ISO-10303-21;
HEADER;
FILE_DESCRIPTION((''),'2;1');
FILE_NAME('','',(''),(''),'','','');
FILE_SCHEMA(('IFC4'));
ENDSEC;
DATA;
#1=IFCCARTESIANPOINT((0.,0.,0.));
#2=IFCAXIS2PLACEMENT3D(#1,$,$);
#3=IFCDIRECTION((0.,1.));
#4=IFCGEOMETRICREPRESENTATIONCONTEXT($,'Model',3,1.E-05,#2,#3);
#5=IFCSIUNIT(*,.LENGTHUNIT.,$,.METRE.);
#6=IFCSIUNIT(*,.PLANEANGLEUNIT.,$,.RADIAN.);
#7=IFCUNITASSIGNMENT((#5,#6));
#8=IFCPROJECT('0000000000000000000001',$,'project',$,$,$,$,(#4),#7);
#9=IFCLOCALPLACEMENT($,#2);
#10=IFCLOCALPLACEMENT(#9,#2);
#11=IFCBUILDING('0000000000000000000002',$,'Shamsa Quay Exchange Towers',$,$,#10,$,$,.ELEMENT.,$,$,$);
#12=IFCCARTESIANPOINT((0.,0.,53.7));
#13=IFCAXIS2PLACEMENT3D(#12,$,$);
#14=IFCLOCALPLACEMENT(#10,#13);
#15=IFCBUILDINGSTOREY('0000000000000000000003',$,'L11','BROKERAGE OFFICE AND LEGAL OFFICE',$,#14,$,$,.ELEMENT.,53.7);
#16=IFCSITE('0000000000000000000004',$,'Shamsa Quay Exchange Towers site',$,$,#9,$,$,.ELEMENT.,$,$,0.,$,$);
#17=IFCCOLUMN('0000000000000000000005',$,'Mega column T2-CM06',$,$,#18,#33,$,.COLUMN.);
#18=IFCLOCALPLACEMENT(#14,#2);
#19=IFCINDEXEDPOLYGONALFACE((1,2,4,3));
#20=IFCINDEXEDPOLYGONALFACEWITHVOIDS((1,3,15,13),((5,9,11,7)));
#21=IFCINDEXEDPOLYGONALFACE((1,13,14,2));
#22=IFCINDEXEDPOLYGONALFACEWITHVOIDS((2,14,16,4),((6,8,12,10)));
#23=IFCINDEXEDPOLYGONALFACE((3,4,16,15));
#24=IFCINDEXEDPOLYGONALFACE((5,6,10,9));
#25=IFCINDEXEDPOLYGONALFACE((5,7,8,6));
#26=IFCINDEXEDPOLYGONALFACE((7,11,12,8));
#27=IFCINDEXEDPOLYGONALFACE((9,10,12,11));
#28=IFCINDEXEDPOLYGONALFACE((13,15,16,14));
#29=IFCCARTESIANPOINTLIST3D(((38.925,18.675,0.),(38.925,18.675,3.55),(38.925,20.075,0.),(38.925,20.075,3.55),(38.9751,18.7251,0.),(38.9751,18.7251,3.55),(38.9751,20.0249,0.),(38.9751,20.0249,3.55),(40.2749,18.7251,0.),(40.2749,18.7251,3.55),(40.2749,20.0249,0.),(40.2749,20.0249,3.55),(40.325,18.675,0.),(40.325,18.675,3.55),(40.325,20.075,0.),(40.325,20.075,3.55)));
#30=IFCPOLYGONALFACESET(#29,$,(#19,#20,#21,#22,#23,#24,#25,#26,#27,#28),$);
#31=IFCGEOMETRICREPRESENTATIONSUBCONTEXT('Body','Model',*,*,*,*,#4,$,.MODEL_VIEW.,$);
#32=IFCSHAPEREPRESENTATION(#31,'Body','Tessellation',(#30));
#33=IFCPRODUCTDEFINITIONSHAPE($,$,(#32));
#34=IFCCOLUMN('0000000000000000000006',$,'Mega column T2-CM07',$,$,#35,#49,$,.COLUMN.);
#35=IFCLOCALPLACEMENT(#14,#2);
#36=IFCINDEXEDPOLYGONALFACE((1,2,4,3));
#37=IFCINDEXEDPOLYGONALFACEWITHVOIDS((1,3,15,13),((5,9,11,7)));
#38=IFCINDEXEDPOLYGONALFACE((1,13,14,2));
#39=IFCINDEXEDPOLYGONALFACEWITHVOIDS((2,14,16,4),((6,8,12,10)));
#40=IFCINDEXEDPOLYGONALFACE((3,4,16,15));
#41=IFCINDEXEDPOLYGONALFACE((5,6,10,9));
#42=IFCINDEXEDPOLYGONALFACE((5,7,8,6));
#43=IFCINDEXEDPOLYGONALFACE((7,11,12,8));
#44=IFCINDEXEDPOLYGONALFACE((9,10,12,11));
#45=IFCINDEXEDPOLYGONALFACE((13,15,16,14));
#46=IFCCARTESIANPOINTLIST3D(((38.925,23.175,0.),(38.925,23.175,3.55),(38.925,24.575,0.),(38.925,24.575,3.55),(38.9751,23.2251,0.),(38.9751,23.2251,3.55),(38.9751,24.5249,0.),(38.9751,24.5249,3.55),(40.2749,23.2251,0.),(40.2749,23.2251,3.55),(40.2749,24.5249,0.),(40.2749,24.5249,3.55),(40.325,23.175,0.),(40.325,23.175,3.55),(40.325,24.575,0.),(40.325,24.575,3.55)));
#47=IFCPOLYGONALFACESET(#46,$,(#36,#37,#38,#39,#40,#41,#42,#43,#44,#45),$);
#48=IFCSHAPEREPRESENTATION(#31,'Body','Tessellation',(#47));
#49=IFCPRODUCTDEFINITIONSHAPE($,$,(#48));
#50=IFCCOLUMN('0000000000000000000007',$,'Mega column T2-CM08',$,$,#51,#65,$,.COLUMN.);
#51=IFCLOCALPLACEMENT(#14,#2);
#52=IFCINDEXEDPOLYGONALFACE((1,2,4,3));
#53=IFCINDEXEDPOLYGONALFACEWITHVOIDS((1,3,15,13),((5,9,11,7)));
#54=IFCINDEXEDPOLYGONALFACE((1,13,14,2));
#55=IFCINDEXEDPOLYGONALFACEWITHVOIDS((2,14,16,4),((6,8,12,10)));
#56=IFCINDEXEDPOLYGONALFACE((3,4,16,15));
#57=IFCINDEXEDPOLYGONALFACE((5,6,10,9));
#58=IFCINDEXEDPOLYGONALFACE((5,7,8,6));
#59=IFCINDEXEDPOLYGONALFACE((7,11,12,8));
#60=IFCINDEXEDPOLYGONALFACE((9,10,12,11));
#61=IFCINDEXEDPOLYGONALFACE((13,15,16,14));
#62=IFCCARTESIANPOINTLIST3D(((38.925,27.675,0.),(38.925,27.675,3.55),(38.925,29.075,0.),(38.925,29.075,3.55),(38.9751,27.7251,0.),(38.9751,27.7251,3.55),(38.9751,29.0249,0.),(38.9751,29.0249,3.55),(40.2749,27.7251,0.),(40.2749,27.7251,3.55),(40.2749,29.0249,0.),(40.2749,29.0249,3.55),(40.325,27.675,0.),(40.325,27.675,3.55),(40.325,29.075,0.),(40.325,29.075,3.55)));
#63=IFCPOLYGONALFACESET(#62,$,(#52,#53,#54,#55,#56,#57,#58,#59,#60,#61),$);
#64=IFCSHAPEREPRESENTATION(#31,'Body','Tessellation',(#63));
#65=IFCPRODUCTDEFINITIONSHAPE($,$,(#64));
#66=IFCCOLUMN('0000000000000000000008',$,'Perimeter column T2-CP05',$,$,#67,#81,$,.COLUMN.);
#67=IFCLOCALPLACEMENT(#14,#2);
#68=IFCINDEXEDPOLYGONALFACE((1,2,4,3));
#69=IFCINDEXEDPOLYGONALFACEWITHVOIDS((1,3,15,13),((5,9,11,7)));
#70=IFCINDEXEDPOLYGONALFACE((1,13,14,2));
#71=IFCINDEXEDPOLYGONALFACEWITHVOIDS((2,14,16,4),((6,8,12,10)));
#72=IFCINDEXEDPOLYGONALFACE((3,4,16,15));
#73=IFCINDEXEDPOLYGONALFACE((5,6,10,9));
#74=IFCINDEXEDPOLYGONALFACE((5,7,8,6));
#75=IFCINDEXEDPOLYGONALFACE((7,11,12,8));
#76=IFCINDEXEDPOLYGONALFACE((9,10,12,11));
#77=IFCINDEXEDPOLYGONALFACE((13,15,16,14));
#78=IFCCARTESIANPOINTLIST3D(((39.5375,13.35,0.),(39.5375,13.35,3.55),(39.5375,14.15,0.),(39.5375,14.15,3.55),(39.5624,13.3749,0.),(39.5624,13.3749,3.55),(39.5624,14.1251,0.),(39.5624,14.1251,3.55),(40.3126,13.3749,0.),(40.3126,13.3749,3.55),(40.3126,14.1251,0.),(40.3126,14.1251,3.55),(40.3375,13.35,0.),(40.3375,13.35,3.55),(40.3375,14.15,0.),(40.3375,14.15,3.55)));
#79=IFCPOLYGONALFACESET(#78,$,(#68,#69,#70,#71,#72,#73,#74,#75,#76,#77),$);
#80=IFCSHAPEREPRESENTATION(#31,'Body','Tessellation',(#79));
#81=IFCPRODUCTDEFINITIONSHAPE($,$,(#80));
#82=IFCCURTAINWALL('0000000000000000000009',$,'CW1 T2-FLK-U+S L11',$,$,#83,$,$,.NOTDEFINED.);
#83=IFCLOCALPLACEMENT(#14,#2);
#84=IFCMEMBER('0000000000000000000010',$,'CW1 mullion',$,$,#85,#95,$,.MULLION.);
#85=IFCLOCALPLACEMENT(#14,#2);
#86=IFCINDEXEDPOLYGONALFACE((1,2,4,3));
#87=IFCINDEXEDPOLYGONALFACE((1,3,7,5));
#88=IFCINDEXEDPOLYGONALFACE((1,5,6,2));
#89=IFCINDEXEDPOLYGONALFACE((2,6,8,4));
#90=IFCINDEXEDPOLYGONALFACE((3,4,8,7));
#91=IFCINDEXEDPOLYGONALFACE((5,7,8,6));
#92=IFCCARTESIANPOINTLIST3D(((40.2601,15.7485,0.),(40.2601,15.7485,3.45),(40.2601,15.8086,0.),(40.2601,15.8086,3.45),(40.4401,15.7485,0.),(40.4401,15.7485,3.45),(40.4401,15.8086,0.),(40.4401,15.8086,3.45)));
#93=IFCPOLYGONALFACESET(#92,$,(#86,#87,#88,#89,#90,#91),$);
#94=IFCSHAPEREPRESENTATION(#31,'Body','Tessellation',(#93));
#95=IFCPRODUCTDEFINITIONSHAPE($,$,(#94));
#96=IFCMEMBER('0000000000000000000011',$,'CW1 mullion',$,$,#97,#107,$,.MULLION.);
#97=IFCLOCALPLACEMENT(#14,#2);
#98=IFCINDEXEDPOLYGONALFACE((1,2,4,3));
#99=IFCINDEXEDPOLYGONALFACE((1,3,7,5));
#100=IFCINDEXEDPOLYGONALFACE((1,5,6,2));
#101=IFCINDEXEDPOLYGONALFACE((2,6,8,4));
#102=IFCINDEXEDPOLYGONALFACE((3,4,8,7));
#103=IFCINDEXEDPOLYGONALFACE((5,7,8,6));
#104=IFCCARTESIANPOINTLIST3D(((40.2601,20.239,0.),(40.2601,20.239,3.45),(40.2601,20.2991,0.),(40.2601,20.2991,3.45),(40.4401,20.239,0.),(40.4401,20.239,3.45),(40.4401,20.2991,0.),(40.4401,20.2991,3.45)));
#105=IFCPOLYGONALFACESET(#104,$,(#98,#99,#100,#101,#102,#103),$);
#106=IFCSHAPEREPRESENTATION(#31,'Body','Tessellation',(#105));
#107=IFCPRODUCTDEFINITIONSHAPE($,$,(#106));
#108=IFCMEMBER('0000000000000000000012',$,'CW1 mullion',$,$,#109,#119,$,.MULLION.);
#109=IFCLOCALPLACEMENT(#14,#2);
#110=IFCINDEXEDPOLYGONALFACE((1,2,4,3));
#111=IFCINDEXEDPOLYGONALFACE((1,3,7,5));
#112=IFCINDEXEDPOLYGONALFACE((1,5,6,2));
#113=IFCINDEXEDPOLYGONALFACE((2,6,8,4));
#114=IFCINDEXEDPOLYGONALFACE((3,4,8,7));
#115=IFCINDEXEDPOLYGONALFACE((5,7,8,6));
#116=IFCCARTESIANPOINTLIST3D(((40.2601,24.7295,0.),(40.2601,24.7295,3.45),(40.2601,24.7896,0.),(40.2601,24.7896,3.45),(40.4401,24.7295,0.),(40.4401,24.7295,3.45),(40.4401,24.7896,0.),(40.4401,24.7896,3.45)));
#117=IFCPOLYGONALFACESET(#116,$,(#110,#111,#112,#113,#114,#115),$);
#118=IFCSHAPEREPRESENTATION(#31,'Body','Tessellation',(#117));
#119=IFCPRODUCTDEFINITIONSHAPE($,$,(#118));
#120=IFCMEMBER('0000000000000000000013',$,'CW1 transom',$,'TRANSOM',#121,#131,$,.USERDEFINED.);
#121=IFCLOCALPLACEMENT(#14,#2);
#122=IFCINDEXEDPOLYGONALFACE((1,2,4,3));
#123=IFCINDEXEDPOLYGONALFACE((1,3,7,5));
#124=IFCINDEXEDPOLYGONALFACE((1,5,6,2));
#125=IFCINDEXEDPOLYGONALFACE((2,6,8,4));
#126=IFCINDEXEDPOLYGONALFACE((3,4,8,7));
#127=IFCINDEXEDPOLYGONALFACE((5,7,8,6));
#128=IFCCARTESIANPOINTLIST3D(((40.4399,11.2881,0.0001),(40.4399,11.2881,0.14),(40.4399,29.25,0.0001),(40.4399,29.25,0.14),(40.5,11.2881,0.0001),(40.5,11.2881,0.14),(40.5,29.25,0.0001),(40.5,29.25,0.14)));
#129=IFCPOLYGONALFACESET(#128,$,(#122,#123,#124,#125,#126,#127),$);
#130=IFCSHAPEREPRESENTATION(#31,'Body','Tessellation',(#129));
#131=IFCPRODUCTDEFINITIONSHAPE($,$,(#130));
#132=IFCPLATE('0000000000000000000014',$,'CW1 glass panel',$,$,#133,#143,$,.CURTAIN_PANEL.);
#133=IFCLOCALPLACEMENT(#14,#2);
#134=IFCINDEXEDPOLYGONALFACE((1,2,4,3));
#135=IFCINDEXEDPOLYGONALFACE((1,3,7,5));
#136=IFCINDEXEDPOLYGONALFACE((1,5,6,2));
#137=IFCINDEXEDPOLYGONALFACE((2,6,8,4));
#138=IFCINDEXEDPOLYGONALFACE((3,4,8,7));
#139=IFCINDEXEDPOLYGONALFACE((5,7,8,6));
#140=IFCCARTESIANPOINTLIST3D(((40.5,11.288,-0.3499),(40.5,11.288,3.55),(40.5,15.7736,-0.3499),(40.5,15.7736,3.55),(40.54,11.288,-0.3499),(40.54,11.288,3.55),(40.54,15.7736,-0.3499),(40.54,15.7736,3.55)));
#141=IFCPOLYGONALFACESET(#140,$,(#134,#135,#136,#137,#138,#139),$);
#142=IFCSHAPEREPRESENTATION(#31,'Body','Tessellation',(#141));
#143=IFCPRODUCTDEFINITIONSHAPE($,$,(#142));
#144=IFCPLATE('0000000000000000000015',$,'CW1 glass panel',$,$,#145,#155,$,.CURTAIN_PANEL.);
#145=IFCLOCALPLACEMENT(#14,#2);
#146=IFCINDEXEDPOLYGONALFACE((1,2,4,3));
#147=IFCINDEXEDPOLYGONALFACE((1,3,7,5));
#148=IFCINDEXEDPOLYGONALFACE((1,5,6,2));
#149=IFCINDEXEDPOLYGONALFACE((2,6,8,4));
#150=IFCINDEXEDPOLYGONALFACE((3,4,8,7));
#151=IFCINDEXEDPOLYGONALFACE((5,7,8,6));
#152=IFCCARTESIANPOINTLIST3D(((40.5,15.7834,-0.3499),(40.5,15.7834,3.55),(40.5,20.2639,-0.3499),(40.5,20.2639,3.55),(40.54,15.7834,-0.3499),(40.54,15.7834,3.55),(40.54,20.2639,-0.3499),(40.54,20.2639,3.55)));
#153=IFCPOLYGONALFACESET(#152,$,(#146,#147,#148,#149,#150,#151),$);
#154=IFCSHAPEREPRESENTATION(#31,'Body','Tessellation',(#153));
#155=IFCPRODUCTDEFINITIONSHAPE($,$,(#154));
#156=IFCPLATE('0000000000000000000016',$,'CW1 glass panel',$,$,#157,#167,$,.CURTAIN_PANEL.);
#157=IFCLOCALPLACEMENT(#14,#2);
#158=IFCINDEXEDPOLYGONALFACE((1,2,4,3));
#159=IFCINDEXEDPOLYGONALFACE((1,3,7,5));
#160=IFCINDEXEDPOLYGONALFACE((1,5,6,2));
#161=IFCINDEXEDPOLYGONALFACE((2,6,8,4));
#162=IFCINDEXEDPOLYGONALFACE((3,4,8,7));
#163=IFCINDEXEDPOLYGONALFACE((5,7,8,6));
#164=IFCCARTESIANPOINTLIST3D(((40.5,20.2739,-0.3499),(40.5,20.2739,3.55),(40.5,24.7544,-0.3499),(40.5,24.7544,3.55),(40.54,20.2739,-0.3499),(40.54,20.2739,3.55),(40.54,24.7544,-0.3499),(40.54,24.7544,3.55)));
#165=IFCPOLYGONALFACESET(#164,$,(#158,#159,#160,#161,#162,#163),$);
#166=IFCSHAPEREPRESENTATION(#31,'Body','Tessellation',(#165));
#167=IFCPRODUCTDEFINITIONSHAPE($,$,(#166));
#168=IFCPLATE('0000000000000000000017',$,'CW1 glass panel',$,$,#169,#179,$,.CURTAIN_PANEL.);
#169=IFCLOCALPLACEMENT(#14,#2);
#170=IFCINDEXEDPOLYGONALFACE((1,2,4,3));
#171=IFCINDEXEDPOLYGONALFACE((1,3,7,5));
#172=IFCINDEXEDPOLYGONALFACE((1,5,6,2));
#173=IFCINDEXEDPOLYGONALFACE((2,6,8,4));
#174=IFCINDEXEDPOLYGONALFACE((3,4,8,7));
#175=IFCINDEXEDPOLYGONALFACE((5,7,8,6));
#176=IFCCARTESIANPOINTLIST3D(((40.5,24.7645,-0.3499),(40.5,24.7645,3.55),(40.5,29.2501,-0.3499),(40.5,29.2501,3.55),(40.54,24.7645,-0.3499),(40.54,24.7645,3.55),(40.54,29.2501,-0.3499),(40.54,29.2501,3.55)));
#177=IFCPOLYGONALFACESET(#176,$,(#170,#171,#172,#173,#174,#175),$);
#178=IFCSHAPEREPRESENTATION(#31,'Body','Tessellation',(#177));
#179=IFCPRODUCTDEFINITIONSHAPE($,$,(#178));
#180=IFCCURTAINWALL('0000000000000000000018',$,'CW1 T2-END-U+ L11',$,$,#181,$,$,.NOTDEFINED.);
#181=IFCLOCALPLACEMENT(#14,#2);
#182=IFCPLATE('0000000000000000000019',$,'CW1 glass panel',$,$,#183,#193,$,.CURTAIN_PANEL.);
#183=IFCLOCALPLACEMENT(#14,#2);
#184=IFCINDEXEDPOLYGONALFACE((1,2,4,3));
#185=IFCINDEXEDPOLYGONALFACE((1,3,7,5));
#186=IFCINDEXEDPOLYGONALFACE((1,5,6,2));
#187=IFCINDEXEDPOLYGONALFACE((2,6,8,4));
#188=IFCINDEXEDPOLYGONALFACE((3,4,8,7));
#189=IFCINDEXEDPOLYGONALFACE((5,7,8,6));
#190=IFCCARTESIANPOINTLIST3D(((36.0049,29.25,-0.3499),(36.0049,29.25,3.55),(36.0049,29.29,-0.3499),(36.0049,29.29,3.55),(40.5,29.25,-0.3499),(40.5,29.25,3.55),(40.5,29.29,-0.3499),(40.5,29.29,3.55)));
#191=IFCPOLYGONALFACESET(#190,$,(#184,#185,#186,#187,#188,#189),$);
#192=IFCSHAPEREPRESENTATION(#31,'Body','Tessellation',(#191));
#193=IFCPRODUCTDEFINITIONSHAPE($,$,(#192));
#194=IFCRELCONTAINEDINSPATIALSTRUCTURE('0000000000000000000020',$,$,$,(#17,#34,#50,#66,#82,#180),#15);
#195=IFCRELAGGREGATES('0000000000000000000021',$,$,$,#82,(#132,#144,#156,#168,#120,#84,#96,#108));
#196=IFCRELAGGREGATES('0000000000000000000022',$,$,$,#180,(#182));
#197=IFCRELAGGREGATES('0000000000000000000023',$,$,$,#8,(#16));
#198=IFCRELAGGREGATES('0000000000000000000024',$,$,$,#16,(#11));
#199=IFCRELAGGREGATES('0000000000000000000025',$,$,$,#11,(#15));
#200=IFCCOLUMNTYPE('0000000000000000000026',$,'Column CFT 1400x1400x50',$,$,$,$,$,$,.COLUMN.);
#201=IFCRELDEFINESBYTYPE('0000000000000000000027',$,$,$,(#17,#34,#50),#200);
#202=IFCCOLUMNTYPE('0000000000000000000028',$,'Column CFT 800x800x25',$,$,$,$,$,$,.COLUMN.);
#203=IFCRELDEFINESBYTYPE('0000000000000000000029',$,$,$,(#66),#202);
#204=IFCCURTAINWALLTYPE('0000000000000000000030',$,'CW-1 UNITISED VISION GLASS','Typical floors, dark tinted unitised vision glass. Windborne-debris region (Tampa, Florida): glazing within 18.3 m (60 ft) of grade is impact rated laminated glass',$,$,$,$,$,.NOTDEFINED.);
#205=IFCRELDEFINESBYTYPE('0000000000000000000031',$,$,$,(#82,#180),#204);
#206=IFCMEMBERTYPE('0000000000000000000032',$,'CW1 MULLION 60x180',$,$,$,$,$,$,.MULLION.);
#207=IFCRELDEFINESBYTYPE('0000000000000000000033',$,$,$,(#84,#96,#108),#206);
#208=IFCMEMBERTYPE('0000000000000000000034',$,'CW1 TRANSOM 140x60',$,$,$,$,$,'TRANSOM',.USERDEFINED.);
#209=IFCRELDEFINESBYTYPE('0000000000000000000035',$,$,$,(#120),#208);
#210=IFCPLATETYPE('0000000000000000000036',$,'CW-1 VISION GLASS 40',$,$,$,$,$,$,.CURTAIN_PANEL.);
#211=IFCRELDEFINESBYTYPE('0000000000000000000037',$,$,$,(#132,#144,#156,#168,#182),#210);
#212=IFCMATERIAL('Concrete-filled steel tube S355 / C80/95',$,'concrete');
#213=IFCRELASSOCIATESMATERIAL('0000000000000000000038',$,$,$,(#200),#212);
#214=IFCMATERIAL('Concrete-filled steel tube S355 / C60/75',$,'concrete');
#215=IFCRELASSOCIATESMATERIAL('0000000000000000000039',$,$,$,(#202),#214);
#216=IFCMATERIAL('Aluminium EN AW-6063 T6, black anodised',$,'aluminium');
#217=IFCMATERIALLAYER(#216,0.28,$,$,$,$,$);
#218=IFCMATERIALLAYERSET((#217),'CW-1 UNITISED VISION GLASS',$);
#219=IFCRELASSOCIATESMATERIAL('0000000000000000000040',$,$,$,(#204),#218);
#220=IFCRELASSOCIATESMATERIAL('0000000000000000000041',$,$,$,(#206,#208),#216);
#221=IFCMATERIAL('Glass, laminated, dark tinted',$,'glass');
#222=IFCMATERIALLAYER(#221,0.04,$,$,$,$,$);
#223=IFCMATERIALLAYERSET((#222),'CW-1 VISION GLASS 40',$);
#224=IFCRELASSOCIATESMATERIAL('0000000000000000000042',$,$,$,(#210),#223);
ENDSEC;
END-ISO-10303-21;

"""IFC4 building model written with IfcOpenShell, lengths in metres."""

from ifc_helpers import new_model, si_unit, direction, frame, origin, origin_2d, place, context, subcontext, project, spatial, rectangle, hollow_rectangle, extrude, material, layer, layer_set, material_profile, profile_set, type_object, element, aggregate, save


model = new_model("IFC4")

# Units and contexts
model_context = context("Model", 3, precision=1e-05, world=origin(), true_north=direction((0.0, 1.0)))
body_context = subcontext(model_context, "Body", "Model", "MODEL_VIEW")
ifc_project = project(units=[si_unit("LENGTHUNIT", "METRE"), si_unit("PLANEANGLEUNIT", "RADIAN")], contexts=[model_context])

# Site, building, storey
site_placement = place(None, origin())
site = spatial("IfcSite", under=ifc_project, at=site_placement, Name="Shamsa Quay Exchange Towers site", CompositionType="ELEMENT", RefElevation=0.0)
building_placement = place(site_placement, origin())
building = spatial("IfcBuilding", under=site, at=building_placement, Name="Shamsa Quay Exchange Towers", CompositionType="ELEMENT")
storey_placement = place(building_placement, frame((0.0, 0.0, 53.7)))
storey = spatial("IfcBuildingStorey", under=building, at=storey_placement, Name="L11", Description="BROKERAGE OFFICE AND LEGAL OFFICE", CompositionType="ELEMENT", Elevation=53.7)

# Columns
ifc_material_1 = material(Name="Concrete-filled steel tube S355 / C80/95", Category="concrete")
ifc_material_profile_1 = material_profile(ifc_material_1, hollow_rectangle(XDim=1.3999, YDim=1.3999, WallThickness=0.05, at=origin_2d()), Name="CFT 1400x1400x50")
ifc_profile_set_1 = profile_set([ifc_material_profile_1], Name="Concrete-filled steel tube S355 / C80/95")
column_type_1 = type_object("IfcColumnType", Name="Column CFT 1400x1400x50", PredefinedType="COLUMN", material=ifc_profile_set_1)
for number, where, name in (
    (1, (39.625, 19.375, 0.0), "Mega column T2-CM06"),
    (2, (39.625, 23.875, 0.0), "Mega column T2-CM07"),
    (3, (39.625, 28.375, 0.0), "Mega column T2-CM08"),
):
    element("IfcColumn", number, at=place(storey_placement, frame(where)), inside=storey, type_object=column_type_1, Name=name, PredefinedType="COLUMN", context=body_context, shape_type="SweptSolid", body=[
        extrude(hollow_rectangle(XDim=1.3999, YDim=1.3999, WallThickness=0.05, at=origin_2d()), origin(), (0.0, 0.0, 1.0), 3.55),
    ])
ifc_material_2 = material(Name="Concrete-filled steel tube S355 / C60/75", Category="concrete")
ifc_material_profile_2 = material_profile(ifc_material_2, hollow_rectangle(XDim=0.8, YDim=0.8, WallThickness=0.0249, at=origin_2d()), Name="CFT 800x800x25")
ifc_profile_set_2 = profile_set([ifc_material_profile_2], Name="Concrete-filled steel tube S355 / C60/75")
column_type_2 = type_object("IfcColumnType", Name="Column CFT 800x800x25", PredefinedType="COLUMN", material=ifc_profile_set_2)
column_placement = place(storey_placement, frame((39.9375, 13.75, 0.0)))
element("IfcColumn", 4, at=column_placement, inside=storey, type_object=column_type_2, Name="Perimeter column T2-CP05", PredefinedType="COLUMN", context=body_context, shape_type="SweptSolid", body=[
    extrude(hollow_rectangle(XDim=0.8, YDim=0.8, WallThickness=0.0249, at=origin_2d()), origin(), (0.0, 0.0, 1.0), 3.55),
])

# Curtain wall, members, plates
ifc_material_3 = material(Name="Aluminium EN AW-6063 T6, black anodised", Category="aluminium")
ifc_layer_1 = layer(ifc_material_3, 0.28)
ifc_layer_set_1 = layer_set([ifc_layer_1], Name="CW-1 UNITISED VISION GLASS")
curtain_wall_type_1 = type_object("IfcCurtainWallType", Name="CW-1 UNITISED VISION GLASS", Description="Typical floors, dark tinted unitised vision glass. Windborne-debris region (Tampa, Florida): glazing within 18.3 m (60 ft) of grade is impact rated laminated glass", PredefinedType="NOTDEFINED", material=ifc_layer_set_1)
curtain_wall_1_placement = place(storey_placement, origin())
curtain_wall_1 = element("IfcCurtainWall", 5, at=curtain_wall_1_placement, inside=storey, type_object=curtain_wall_type_1, Name="CW1 T2-FLK-U+S L11", PredefinedType="NOTDEFINED")
ifc_material_profile_3 = material_profile(ifc_material_3, rectangle(XDim=0.1799, YDim=0.0601, at=origin_2d()), Name="MU60x180")
ifc_profile_set_3 = profile_set([ifc_material_profile_3], Name="Aluminium EN AW-6063 T6, black anodised")
member_type_1 = type_object("IfcMemberType", Name="CW1 MULLION 60x180", PredefinedType="MULLION", material=ifc_profile_set_3)
member_1_placement = place(storey_placement, frame((40.3501, 15.7786, 0.0), z_axis=(0.0, 0.0, 1.0), x_axis=(-1.0, 0.0, 0.0)))
member_1 = element("IfcMember", 6, at=member_1_placement, type_object=member_type_1, Name="CW1 mullion", PredefinedType="MULLION", context=body_context, shape_type="SweptSolid", body=[
    extrude(rectangle(XDim=0.1799, YDim=0.0601, at=origin_2d()), origin(), (0.0, 0.0, 1.0), 3.45),
])
member_2_placement = place(storey_placement, frame((40.3501, 20.269, 0.0), z_axis=(0.0, 0.0, 1.0), x_axis=(-1.0, 0.0, 0.0)))
member_2 = element("IfcMember", 7, at=member_2_placement, type_object=member_type_1, Name="CW1 mullion", PredefinedType="MULLION", context=body_context, shape_type="SweptSolid", body=[
    extrude(rectangle(XDim=0.1799, YDim=0.0601, at=origin_2d()), origin(), (0.0, 0.0, 1.0), 3.45),
])
member_3_placement = place(storey_placement, frame((40.3501, 24.7595, 0.0), z_axis=(0.0, 0.0, 1.0), x_axis=(-1.0, 0.0, 0.0)))
member_3 = element("IfcMember", 8, at=member_3_placement, type_object=member_type_1, Name="CW1 mullion", PredefinedType="MULLION", context=body_context, shape_type="SweptSolid", body=[
    extrude(rectangle(XDim=0.1799, YDim=0.0601, at=origin_2d()), origin(), (0.0, 0.0, 1.0), 3.45),
])
ifc_material_profile_4 = material_profile(ifc_material_3, rectangle(XDim=0.0601, YDim=0.1399, at=origin_2d()), Name="TR140x60")
ifc_profile_set_4 = profile_set([ifc_material_profile_4], Name="Aluminium EN AW-6063 T6, black anodised")
member_type_2 = type_object("IfcMemberType", Name="CW1 TRANSOM 140x60", ElementType="TRANSOM", PredefinedType="USERDEFINED", material=ifc_profile_set_4)
member_4_placement = place(storey_placement, frame((40.47, 11.2881, 0.0701), z_axis=(0.0, 1.0, 0.0), x_axis=(-1.0, 0.0, 0.0)))
member_4 = element("IfcMember", 9, at=member_4_placement, type_object=member_type_2, Name="CW1 transom", ObjectType="TRANSOM", PredefinedType="USERDEFINED", context=body_context, shape_type="SweptSolid", body=[
    extrude(rectangle(XDim=0.0601, YDim=0.1399, at=origin_2d()), origin(), (0.0, 0.0, 1.0), 17.9619),
])
ifc_material_4 = material(Name="Glass, laminated, dark tinted", Category="glass")
ifc_layer_2 = layer(ifc_material_4, 0.04)
ifc_layer_set_2 = layer_set([ifc_layer_2], Name="CW-1 VISION GLASS 40")
plate_type_1 = type_object("IfcPlateType", Name="CW-1 VISION GLASS 40", PredefinedType="CURTAIN_PANEL", material=ifc_layer_set_2)
plate_1_placement = place(storey_placement, frame((40.52, 13.5308, -0.3499), z_axis=(0.0, 0.0, 1.0), x_axis=(0.0, 1.0, 0.0)))
plate_1 = element("IfcPlate", 10, at=plate_1_placement, type_object=plate_type_1, Name="CW1 glass panel", PredefinedType="CURTAIN_PANEL", context=body_context, shape_type="SweptSolid", body=[
    extrude(rectangle(XDim=4.4856, YDim=0.04, at=origin_2d()), origin(), (0.0, 0.0, 1.0), 3.8999),
])
plate_2_placement = place(storey_placement, frame((40.52, 18.0237, -0.3499), z_axis=(0.0, 0.0, 1.0), x_axis=(0.0, 1.0, 0.0)))
plate_2 = element("IfcPlate", 11, at=plate_2_placement, type_object=plate_type_1, Name="CW1 glass panel", PredefinedType="CURTAIN_PANEL", context=body_context, shape_type="SweptSolid", body=[
    extrude(rectangle(XDim=4.4805, YDim=0.04, at=origin_2d()), origin(), (0.0, 0.0, 1.0), 3.8999),
])
plate_3_placement = place(storey_placement, frame((40.52, 22.5142, -0.3499), z_axis=(0.0, 0.0, 1.0), x_axis=(0.0, 1.0, 0.0)))
plate_3 = element("IfcPlate", 12, at=plate_3_placement, type_object=plate_type_1, Name="CW1 glass panel", PredefinedType="CURTAIN_PANEL", context=body_context, shape_type="SweptSolid", body=[
    extrude(rectangle(XDim=4.4805, YDim=0.04, at=origin_2d()), origin(), (0.0, 0.0, 1.0), 3.8999),
])
plate_4_placement = place(storey_placement, frame((40.52, 27.0073, -0.3499), z_axis=(0.0, 0.0, 1.0), x_axis=(0.0, 1.0, 0.0)))
plate_4 = element("IfcPlate", 13, at=plate_4_placement, type_object=plate_type_1, Name="CW1 glass panel", PredefinedType="CURTAIN_PANEL", context=body_context, shape_type="SweptSolid", body=[
    extrude(rectangle(XDim=4.4856, YDim=0.04, at=origin_2d()), origin(), (0.0, 0.0, 1.0), 3.8999),
])
aggregate(curtain_wall_1, [plate_1, plate_2, plate_3, plate_4, member_4, member_1, member_2, member_3])

# Curtain wall, plate
curtain_wall_2_placement = place(storey_placement, origin())
curtain_wall_2 = element("IfcCurtainWall", 14, at=curtain_wall_2_placement, inside=storey, type_object=curtain_wall_type_1, Name="CW1 T2-END-U+ L11", PredefinedType="NOTDEFINED")
plate_5_placement = place(storey_placement, frame((38.2524, 29.27, -0.3499), z_axis=(0.0, 0.0, 1.0), x_axis=(-1.0, 0.0, 0.0)))
plate_5 = element("IfcPlate", 15, at=plate_5_placement, type_object=plate_type_1, Name="CW1 glass panel", PredefinedType="CURTAIN_PANEL", context=body_context, shape_type="SweptSolid", body=[
    extrude(rectangle(XDim=4.4951, YDim=0.04, at=origin_2d()), origin(), (0.0, 0.0, 1.0), 3.8999),
])
aggregate(curtain_wall_2, [plate_5])

save(model, "model.ifc")
